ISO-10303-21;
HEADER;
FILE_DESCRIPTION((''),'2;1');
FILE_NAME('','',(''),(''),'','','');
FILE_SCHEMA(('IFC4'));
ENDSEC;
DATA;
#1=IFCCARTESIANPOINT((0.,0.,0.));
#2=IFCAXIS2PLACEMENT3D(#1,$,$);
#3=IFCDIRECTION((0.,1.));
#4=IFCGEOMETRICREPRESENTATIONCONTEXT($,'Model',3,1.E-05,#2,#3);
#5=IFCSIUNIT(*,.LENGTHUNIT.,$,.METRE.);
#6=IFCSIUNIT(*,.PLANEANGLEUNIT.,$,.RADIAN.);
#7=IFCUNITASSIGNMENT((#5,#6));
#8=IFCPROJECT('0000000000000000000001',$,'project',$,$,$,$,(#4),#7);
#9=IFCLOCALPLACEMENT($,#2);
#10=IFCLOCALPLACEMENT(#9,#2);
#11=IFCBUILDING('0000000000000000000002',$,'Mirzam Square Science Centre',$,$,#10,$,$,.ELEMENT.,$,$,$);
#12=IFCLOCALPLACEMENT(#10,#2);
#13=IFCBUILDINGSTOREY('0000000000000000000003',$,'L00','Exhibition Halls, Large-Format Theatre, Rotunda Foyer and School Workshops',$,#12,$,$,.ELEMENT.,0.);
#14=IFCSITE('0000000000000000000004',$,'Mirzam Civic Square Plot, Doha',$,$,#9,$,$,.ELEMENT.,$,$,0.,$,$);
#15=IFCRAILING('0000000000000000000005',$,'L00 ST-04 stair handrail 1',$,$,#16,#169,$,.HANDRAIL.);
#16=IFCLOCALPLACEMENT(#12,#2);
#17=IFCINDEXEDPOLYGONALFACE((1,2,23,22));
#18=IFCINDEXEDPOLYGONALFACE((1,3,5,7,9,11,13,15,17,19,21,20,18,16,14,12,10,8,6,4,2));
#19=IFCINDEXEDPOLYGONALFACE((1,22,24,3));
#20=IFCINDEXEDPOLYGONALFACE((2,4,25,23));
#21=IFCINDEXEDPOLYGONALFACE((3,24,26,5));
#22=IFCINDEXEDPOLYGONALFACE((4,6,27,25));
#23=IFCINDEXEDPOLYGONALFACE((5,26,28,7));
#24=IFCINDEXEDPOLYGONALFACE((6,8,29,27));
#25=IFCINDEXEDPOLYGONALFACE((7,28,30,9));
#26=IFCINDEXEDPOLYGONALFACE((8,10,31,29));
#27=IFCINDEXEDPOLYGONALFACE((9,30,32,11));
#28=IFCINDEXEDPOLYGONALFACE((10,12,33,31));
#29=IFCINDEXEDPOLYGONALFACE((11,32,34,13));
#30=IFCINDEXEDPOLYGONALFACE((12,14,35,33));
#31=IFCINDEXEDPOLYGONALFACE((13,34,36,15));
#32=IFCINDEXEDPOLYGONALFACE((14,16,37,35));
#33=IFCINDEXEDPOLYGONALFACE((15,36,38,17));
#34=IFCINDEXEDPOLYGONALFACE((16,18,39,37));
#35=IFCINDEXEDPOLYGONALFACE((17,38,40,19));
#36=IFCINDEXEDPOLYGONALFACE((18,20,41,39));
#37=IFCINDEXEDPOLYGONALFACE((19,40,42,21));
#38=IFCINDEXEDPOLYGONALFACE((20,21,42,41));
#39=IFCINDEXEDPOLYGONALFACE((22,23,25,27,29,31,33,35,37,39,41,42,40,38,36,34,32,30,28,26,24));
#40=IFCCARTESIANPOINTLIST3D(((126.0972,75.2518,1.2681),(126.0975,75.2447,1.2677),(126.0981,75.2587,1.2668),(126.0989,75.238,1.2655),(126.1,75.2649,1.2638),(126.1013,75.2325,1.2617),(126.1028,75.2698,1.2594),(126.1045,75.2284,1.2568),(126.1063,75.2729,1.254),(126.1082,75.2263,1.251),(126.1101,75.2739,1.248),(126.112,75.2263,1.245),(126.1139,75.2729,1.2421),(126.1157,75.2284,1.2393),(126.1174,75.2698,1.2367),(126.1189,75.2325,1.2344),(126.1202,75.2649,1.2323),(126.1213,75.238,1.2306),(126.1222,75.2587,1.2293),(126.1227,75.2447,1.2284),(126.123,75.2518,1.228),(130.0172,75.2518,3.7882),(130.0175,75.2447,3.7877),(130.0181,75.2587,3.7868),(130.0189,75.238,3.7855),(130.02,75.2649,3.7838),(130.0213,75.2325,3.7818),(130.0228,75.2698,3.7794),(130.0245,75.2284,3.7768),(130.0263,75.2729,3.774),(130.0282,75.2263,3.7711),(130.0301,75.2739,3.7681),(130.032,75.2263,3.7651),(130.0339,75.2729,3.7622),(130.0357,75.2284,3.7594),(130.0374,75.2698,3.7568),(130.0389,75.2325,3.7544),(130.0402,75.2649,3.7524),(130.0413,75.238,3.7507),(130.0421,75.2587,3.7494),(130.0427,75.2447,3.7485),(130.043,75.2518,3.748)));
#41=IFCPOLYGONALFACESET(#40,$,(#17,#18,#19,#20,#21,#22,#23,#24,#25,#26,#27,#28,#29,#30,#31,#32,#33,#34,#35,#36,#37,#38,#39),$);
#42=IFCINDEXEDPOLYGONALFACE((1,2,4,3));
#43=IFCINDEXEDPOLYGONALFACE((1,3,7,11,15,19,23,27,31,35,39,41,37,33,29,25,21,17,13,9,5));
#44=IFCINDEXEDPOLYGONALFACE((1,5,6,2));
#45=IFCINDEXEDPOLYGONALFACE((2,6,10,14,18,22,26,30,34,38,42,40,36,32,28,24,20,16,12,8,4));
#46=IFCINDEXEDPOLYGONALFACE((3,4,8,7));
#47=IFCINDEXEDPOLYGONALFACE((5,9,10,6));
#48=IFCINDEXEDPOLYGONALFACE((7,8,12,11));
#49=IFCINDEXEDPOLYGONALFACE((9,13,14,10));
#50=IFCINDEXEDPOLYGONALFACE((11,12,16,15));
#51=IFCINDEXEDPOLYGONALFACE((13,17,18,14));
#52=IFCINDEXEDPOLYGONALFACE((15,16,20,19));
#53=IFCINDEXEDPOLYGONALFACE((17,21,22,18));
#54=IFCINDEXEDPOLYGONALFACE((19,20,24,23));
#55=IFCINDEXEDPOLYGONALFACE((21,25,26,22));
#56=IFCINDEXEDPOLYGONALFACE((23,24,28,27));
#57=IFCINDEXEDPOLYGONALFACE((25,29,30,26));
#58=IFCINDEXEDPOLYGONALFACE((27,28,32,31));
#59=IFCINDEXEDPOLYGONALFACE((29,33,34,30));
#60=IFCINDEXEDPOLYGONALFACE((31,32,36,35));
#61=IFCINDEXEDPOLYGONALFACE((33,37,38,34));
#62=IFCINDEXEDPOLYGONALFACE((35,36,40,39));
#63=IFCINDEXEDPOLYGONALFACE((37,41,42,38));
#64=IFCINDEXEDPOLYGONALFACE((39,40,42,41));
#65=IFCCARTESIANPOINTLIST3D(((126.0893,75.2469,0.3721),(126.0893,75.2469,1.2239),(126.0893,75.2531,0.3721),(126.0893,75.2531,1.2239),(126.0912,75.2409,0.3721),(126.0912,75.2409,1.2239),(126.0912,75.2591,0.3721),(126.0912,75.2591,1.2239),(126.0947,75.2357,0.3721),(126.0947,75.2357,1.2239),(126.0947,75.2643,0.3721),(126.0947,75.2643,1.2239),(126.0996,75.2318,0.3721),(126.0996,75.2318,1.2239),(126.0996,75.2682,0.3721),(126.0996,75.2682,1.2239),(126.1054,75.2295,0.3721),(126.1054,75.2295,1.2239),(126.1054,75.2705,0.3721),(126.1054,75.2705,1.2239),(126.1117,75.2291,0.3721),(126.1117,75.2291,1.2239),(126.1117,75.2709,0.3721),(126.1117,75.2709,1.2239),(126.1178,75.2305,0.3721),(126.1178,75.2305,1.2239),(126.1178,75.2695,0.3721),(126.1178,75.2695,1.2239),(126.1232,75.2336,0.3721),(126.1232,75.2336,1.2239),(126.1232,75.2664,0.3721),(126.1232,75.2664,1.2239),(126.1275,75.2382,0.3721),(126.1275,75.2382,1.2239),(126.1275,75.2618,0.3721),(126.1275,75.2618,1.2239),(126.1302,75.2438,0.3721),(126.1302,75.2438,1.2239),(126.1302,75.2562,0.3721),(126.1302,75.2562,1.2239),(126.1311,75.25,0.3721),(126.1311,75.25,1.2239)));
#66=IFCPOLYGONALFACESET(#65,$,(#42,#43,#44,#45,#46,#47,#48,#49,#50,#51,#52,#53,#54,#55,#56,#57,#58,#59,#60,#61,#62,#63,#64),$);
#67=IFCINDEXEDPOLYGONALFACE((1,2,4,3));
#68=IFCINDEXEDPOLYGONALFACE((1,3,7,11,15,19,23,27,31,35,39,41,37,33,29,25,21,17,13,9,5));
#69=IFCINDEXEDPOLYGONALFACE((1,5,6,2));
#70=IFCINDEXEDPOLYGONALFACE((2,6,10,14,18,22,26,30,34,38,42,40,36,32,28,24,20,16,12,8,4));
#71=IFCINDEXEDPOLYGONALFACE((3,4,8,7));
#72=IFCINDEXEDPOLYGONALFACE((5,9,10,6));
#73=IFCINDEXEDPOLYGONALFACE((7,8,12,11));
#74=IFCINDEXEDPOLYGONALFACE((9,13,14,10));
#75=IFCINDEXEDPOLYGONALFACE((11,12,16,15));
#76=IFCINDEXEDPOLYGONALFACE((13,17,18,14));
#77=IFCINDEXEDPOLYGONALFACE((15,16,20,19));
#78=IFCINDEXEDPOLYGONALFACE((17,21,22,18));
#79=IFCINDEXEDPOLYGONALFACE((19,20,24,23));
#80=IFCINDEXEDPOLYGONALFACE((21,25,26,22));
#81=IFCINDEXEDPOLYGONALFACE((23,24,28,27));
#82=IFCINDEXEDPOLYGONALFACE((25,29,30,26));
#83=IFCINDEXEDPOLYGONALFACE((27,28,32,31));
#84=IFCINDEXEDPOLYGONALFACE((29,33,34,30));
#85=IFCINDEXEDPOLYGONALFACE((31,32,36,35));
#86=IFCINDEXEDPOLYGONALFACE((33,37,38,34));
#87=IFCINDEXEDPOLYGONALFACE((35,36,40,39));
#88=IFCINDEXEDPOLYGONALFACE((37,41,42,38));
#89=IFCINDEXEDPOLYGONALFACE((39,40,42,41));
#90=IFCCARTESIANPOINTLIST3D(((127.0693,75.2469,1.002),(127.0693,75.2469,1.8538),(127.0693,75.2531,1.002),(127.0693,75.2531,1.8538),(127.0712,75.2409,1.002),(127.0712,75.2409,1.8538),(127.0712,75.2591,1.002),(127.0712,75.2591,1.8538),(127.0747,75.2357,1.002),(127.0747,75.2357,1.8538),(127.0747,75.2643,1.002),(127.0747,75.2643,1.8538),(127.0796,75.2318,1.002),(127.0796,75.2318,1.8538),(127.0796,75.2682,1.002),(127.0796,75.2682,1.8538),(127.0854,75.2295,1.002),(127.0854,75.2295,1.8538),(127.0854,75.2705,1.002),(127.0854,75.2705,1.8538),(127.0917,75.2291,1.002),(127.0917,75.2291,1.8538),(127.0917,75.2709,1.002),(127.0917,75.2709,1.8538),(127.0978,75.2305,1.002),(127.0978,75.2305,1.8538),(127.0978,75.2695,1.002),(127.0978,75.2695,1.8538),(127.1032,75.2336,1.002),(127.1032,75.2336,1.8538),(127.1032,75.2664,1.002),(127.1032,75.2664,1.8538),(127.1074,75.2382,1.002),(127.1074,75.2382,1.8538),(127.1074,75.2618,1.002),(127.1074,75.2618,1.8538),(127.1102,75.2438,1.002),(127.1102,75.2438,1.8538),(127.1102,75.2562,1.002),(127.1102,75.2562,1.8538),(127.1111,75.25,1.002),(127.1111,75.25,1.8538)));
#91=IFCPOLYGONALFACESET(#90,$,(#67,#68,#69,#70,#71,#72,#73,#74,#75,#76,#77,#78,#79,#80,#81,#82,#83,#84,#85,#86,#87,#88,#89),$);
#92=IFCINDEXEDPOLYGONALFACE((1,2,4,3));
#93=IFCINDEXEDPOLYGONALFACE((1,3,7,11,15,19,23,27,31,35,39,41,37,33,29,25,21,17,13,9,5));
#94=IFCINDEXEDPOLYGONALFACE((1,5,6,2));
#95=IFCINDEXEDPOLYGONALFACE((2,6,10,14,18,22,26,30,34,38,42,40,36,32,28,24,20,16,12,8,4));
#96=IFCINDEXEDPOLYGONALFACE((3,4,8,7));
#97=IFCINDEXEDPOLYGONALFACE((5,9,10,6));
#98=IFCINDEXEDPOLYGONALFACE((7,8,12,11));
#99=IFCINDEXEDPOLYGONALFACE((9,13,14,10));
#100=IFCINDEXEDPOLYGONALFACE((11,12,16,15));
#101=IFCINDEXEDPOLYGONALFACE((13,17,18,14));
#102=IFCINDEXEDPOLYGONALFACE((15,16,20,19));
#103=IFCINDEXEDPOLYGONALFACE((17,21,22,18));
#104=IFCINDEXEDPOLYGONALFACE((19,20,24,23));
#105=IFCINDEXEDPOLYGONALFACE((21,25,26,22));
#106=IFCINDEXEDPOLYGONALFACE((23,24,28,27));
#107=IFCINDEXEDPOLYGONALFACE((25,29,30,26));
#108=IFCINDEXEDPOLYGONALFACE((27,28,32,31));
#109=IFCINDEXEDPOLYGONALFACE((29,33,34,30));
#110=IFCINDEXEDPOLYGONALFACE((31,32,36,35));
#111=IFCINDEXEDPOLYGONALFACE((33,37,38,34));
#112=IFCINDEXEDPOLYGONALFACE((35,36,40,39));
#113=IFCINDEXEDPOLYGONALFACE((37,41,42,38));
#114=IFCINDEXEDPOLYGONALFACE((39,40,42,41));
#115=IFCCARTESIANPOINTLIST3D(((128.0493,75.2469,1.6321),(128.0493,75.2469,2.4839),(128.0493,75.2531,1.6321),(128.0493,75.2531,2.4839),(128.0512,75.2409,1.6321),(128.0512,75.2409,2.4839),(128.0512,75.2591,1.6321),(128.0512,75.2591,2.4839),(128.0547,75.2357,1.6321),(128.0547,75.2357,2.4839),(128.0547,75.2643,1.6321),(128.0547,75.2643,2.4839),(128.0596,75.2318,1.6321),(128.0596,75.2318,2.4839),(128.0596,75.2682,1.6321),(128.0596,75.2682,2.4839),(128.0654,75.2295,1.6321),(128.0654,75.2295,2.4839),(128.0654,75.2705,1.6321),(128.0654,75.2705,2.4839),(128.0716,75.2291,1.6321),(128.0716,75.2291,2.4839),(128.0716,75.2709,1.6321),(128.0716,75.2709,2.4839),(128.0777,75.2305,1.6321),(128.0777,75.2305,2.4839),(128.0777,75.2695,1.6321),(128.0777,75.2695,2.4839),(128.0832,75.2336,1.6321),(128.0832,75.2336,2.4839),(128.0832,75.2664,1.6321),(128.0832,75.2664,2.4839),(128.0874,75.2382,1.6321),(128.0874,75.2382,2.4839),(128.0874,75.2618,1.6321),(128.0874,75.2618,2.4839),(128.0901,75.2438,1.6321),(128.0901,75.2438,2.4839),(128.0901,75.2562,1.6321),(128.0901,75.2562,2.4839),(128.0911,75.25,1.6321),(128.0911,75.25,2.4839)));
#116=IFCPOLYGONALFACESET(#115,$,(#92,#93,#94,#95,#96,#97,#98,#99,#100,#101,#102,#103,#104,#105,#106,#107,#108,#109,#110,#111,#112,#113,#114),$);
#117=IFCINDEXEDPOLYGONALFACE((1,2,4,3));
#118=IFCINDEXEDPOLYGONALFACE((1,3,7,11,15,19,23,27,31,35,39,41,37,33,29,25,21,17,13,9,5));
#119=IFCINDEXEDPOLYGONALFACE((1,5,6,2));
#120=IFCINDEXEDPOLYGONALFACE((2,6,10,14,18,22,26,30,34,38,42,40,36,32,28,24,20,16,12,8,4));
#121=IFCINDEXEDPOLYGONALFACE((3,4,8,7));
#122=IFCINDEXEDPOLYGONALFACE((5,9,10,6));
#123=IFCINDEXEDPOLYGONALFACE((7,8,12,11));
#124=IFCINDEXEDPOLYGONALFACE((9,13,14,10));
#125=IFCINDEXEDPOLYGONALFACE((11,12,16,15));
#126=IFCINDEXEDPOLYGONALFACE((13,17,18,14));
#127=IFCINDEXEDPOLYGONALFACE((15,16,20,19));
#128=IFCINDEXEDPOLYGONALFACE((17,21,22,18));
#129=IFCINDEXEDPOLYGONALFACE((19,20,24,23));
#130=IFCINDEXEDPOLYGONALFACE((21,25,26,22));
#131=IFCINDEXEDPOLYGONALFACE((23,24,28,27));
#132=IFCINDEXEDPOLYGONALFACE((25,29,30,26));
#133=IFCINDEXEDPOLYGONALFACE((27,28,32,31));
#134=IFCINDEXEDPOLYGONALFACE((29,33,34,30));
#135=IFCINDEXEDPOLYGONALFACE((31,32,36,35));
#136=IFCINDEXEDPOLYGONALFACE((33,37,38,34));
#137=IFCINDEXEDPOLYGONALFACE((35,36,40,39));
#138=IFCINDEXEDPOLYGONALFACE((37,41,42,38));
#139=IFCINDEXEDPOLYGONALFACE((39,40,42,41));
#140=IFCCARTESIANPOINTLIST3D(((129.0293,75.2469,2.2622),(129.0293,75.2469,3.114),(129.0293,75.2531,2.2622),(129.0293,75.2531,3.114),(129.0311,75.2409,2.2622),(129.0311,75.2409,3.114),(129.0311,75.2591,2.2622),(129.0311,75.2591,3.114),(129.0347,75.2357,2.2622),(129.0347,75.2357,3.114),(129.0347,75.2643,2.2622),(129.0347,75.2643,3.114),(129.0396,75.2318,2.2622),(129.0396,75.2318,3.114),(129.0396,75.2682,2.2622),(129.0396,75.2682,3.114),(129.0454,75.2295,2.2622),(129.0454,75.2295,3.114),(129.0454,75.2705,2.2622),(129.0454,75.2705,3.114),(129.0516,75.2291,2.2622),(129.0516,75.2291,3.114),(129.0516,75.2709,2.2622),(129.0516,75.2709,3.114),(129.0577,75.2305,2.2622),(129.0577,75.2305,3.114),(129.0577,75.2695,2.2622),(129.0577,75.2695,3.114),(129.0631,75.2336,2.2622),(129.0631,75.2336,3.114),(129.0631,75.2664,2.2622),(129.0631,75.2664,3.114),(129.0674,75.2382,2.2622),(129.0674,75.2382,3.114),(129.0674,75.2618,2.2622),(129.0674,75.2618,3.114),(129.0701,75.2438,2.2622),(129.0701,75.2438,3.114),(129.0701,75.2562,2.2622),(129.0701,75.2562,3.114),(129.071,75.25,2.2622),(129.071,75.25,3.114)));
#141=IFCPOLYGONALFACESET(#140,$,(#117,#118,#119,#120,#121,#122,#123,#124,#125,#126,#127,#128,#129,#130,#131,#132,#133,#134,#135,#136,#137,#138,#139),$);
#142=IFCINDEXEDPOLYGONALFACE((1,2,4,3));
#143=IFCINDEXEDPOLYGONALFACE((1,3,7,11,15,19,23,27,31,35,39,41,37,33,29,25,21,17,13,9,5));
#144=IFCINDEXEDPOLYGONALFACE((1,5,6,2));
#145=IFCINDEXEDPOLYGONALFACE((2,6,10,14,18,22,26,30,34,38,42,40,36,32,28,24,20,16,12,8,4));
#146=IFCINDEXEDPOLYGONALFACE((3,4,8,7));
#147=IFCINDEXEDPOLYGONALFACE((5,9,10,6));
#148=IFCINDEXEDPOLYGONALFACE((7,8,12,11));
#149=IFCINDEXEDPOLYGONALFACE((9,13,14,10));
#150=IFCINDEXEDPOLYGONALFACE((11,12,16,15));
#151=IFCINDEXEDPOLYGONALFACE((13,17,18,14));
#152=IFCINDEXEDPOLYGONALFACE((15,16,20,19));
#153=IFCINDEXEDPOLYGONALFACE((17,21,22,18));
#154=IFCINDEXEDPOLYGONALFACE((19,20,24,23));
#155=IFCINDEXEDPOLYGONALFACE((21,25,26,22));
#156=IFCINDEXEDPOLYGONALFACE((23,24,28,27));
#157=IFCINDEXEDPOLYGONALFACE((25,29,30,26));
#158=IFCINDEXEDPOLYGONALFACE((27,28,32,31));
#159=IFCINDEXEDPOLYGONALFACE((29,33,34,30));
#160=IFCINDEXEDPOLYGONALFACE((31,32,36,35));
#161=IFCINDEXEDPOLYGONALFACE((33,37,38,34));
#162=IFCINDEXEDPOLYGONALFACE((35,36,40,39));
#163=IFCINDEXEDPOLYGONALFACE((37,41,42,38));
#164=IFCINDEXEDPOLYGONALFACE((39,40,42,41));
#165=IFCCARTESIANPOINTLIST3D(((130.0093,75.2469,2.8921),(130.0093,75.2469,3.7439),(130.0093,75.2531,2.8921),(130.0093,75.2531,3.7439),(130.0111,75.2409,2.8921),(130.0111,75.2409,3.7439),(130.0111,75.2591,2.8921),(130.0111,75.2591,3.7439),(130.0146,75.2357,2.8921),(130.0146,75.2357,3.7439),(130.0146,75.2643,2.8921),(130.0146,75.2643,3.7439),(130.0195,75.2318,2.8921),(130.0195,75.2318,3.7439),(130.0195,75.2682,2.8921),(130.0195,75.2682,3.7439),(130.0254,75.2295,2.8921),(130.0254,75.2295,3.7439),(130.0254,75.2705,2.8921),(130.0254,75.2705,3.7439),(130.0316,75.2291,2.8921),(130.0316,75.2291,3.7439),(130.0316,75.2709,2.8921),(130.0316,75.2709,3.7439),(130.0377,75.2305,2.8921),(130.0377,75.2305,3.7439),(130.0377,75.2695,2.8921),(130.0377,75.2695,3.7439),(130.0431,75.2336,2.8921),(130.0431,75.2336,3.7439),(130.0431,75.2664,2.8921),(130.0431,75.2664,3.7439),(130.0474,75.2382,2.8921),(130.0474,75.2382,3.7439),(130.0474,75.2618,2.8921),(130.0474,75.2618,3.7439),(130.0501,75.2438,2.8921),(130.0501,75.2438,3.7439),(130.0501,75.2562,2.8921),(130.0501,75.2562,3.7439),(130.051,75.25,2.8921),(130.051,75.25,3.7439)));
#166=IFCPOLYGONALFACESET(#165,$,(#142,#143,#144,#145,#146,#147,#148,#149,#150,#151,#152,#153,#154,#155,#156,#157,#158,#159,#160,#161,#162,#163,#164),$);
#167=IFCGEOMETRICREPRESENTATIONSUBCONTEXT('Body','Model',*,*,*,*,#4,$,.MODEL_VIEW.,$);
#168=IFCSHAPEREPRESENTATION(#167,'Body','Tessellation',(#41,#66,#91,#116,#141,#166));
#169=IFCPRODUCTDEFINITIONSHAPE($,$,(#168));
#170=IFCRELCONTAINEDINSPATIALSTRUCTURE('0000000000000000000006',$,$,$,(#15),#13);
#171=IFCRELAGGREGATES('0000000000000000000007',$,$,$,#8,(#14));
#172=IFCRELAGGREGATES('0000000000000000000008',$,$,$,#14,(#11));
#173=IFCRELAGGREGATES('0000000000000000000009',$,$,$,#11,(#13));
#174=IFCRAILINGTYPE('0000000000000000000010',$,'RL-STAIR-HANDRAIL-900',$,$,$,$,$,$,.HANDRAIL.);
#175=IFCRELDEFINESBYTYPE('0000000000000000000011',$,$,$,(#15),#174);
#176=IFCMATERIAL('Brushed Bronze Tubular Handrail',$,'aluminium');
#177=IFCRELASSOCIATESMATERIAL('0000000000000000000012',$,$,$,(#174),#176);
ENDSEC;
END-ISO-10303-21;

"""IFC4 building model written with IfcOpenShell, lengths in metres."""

from ifc_helpers import new_model, si_unit, direction, frame, origin, origin_2d, place, context, subcontext, project, spatial, circle, extrude, material, type_object, element, save


model = new_model("IFC4")

# Units and contexts
model_context = context("Model", 3, precision=1e-05, world=origin(), true_north=direction((0.0, 1.0)))
body_context = subcontext(model_context, "Body", "Model", "MODEL_VIEW")
ifc_project = project(units=[si_unit("LENGTHUNIT", "METRE"), si_unit("PLANEANGLEUNIT", "RADIAN")], contexts=[model_context])

# Site, building, storey
site_placement = place(None, origin())
site = spatial("IfcSite", under=ifc_project, at=site_placement, Name="Mirzam Civic Square Plot, Doha", CompositionType="ELEMENT", RefElevation=0.0)
building_placement = place(site_placement, origin())
building = spatial("IfcBuilding", under=site, at=building_placement, Name="Mirzam Square Science Centre", CompositionType="ELEMENT")
storey_placement = place(building_placement, origin())
storey = spatial("IfcBuildingStorey", under=building, at=storey_placement, Name="L00", Description="Exhibition Halls, Large-Format Theatre, Rotunda Foyer and School Workshops", CompositionType="ELEMENT", Elevation=0.0)

# Railing
ifc_material_1 = material(Name="Brushed Bronze Tubular Handrail", Category="aluminium")
railing_type_1 = type_object("IfcRailingType", Name="RL-STAIR-HANDRAIL-900", PredefinedType="HANDRAIL", material=ifc_material_1)
railing_1_placement = place(storey_placement, frame((126.1101, 75.25, 0.3721)))
element("IfcRailing", 1, at=railing_1_placement, inside=storey, type_object=railing_type_1, Name="L00 ST-04 stair handrail 1", PredefinedType="HANDRAIL", context=body_context, shape_type="SweptSolid", body=[
    extrude(circle(Radius=0.0239, at=origin_2d()), frame((0.0, 0.0, 0.876), z_axis=(0.841172, 0.0, 0.540768), x_axis=(0.0, 1.0, 0.0)), (0.0, 0.0, 1.0), 4.6602),
    extrude(circle(Radius=0.021, at=origin_2d()), origin(), (0.0, 0.0, 1.0), 0.8518),
    extrude(circle(Radius=0.021, at=origin_2d()), frame((0.98, 0.0, 0.6299)), (0.0, 0.0, 1.0), 0.8518),
    extrude(circle(Radius=0.021, at=origin_2d()), frame((1.96, 0.0, 1.26)), (0.0, 0.0, 1.0), 0.8518),
    extrude(circle(Radius=0.021, at=origin_2d()), frame((2.9399, 0.0, 1.8901)), (0.0, 0.0, 1.0), 0.8518),
    extrude(circle(Radius=0.021, at=origin_2d()), frame((3.9199, 0.0, 2.52)), (0.0, 0.0, 1.0), 0.8518),
])

save(model, "model.ifc")
